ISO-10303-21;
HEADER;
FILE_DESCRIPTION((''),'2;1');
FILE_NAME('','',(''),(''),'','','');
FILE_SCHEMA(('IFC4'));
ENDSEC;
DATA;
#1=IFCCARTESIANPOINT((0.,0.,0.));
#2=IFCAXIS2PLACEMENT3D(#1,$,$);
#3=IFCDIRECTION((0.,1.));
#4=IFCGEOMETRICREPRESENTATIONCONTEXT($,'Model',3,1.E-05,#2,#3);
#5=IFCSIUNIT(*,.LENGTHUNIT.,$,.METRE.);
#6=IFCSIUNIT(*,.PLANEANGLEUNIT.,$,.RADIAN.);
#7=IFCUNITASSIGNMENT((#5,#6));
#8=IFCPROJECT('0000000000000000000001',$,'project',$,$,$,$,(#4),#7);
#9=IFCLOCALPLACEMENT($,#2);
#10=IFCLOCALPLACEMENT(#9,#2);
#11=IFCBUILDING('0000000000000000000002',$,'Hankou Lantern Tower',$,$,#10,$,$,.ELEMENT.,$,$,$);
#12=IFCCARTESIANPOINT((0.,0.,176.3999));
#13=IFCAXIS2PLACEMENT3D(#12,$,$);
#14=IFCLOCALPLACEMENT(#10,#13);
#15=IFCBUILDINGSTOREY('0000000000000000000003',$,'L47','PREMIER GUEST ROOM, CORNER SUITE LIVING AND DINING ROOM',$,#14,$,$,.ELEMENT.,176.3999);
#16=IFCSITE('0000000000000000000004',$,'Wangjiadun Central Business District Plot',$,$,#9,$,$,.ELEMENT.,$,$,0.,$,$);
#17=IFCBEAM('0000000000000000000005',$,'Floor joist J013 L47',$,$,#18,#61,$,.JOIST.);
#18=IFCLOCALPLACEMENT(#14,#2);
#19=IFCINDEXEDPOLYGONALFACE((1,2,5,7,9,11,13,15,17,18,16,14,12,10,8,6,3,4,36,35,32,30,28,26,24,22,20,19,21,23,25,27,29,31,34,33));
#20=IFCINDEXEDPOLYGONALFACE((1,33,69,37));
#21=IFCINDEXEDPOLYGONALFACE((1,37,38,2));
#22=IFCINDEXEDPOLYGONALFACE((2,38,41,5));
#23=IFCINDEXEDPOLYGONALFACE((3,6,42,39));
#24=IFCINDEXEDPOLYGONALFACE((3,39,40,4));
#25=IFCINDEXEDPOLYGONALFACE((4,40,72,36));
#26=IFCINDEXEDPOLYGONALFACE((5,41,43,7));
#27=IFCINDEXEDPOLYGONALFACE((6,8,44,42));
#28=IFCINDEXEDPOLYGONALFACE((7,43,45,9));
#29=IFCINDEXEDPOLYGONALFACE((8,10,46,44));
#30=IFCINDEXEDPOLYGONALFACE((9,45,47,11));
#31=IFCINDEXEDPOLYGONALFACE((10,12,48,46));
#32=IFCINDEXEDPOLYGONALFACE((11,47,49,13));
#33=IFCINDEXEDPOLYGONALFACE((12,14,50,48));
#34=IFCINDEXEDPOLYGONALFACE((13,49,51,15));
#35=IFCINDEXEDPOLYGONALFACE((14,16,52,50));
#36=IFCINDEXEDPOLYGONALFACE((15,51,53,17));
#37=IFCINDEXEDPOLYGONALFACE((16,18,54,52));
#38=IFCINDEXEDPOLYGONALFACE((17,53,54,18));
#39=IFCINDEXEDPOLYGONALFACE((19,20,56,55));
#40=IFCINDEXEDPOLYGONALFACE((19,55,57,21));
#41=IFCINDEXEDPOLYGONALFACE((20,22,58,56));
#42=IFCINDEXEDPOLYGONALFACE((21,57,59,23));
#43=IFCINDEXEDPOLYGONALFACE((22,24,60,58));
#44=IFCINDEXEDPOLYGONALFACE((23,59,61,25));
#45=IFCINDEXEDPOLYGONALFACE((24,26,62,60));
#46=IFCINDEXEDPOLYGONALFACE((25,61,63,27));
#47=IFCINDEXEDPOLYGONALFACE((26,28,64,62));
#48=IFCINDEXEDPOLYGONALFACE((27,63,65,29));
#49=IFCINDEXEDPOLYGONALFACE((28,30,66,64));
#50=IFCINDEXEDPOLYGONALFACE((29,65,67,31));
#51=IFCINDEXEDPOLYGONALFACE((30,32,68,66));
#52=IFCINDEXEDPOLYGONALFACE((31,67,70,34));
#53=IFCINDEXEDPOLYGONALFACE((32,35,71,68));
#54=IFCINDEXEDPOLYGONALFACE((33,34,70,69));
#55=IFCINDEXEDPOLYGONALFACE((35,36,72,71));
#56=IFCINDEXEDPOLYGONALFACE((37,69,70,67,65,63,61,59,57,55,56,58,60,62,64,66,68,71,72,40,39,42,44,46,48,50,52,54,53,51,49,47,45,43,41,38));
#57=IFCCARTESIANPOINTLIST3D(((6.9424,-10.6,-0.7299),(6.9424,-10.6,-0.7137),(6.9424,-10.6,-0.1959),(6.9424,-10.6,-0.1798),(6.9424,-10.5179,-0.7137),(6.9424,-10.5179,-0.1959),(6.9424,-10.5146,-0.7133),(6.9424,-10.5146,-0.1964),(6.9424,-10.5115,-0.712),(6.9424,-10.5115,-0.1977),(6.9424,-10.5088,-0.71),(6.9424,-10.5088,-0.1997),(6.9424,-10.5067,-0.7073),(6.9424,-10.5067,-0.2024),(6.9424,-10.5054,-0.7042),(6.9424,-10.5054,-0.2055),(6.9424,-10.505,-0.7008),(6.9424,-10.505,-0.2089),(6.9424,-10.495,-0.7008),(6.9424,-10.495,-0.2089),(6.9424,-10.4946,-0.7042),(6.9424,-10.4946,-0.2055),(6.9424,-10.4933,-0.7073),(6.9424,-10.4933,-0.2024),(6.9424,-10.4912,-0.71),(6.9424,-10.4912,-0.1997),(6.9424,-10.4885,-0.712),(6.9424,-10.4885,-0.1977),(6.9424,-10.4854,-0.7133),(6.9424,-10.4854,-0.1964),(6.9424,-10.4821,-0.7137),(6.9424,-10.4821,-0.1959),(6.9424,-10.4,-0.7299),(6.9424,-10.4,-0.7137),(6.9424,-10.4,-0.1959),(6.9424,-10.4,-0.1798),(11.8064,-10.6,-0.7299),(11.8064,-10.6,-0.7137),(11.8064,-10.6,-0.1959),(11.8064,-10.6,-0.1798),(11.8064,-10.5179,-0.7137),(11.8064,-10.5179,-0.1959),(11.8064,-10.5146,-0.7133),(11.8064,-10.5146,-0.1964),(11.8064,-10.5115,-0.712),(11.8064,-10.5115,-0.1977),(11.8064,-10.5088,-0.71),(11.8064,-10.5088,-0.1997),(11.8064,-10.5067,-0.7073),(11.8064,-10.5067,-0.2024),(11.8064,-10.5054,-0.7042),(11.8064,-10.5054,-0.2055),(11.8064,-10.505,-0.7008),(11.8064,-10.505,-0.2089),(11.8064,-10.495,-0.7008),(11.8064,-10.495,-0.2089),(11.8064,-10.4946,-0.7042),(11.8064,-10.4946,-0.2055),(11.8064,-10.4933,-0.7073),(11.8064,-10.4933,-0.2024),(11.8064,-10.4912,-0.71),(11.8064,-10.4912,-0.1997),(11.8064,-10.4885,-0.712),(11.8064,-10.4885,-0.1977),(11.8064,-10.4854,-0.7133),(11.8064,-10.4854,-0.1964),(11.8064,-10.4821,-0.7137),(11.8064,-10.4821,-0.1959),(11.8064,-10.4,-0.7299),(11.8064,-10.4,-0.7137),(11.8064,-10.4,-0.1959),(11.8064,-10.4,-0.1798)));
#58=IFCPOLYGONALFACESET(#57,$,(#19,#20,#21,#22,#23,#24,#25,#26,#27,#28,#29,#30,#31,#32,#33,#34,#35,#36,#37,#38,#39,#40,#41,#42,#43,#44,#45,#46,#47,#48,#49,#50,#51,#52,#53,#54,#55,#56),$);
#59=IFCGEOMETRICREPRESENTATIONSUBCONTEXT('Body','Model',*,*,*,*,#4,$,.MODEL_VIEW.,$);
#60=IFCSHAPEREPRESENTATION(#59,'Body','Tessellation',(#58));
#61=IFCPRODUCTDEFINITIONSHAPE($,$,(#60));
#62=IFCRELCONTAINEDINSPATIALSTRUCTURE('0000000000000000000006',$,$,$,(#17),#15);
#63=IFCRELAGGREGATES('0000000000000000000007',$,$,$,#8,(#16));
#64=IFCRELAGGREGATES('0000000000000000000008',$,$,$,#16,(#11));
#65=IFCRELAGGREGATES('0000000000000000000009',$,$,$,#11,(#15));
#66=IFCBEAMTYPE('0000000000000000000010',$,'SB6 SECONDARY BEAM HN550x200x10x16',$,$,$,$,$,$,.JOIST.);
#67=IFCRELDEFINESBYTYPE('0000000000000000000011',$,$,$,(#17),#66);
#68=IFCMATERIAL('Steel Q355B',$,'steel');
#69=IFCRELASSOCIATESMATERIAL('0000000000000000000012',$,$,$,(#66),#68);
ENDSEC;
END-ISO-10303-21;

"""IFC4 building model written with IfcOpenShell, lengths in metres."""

from ifc_helpers import new_model, si_unit, direction, frame, origin, origin_2d, place, context, subcontext, project, spatial, i_section, extrude, material, material_profile, profile_set, type_object, element, save


model = new_model("IFC4")

# Units and contexts
model_context = context("Model", 3, precision=1e-05, world=origin(), true_north=direction((0.0, 1.0)))
body_context = subcontext(model_context, "Body", "Model", "MODEL_VIEW")
ifc_project = project(units=[si_unit("LENGTHUNIT", "METRE"), si_unit("PLANEANGLEUNIT", "RADIAN")], contexts=[model_context])

# Site, building, storey
site_placement = place(None, origin())
site = spatial("IfcSite", under=ifc_project, at=site_placement, Name="Wangjiadun Central Business District Plot", CompositionType="ELEMENT", RefElevation=0.0)
building_placement = place(site_placement, origin())
building = spatial("IfcBuilding", under=site, at=building_placement, Name="Hankou Lantern Tower", CompositionType="ELEMENT")
storey_placement = place(building_placement, frame((0.0, 0.0, 176.3999)))
storey = spatial("IfcBuildingStorey", under=building, at=storey_placement, Name="L47", Description="PREMIER GUEST ROOM, CORNER SUITE LIVING AND DINING ROOM", CompositionType="ELEMENT", Elevation=176.3999)

# Beam
ifc_material_1 = material(Name="Steel Q355B", Category="steel")
ifc_material_profile_1 = material_profile(ifc_material_1, i_section(OverallWidth=0.2, OverallDepth=0.55, WebThickness=0.01, FlangeThickness=0.0161, FilletRadius=0.0129, at=origin_2d()), Name="HN550x200x10x16")
ifc_profile_set_1 = profile_set([ifc_material_profile_1], Name="Steel Q355B")
beam_type_1 = type_object("IfcBeamType", Name="SB6 SECONDARY BEAM HN550x200x10x16", PredefinedType="JOIST", material=ifc_profile_set_1)
beam_1_placement = place(storey_placement, frame((6.9424, -10.5, -0.4548), z_axis=(1.0, 0.0, 0.0), x_axis=(0.0, 1.0, 0.0)))
element("IfcBeam", 1, at=beam_1_placement, inside=storey, type_object=beam_type_1, Name="Floor joist J013 L47", PredefinedType="JOIST", context=body_context, shape_type="SweptSolid", body=[
    extrude(i_section(OverallWidth=0.2, OverallDepth=0.55, WebThickness=0.01, FlangeThickness=0.0161, FilletRadius=0.0129, at=origin_2d()), origin(), (0.0, 0.0, 1.0), 4.864),
])

save(model, "model.ifc")
